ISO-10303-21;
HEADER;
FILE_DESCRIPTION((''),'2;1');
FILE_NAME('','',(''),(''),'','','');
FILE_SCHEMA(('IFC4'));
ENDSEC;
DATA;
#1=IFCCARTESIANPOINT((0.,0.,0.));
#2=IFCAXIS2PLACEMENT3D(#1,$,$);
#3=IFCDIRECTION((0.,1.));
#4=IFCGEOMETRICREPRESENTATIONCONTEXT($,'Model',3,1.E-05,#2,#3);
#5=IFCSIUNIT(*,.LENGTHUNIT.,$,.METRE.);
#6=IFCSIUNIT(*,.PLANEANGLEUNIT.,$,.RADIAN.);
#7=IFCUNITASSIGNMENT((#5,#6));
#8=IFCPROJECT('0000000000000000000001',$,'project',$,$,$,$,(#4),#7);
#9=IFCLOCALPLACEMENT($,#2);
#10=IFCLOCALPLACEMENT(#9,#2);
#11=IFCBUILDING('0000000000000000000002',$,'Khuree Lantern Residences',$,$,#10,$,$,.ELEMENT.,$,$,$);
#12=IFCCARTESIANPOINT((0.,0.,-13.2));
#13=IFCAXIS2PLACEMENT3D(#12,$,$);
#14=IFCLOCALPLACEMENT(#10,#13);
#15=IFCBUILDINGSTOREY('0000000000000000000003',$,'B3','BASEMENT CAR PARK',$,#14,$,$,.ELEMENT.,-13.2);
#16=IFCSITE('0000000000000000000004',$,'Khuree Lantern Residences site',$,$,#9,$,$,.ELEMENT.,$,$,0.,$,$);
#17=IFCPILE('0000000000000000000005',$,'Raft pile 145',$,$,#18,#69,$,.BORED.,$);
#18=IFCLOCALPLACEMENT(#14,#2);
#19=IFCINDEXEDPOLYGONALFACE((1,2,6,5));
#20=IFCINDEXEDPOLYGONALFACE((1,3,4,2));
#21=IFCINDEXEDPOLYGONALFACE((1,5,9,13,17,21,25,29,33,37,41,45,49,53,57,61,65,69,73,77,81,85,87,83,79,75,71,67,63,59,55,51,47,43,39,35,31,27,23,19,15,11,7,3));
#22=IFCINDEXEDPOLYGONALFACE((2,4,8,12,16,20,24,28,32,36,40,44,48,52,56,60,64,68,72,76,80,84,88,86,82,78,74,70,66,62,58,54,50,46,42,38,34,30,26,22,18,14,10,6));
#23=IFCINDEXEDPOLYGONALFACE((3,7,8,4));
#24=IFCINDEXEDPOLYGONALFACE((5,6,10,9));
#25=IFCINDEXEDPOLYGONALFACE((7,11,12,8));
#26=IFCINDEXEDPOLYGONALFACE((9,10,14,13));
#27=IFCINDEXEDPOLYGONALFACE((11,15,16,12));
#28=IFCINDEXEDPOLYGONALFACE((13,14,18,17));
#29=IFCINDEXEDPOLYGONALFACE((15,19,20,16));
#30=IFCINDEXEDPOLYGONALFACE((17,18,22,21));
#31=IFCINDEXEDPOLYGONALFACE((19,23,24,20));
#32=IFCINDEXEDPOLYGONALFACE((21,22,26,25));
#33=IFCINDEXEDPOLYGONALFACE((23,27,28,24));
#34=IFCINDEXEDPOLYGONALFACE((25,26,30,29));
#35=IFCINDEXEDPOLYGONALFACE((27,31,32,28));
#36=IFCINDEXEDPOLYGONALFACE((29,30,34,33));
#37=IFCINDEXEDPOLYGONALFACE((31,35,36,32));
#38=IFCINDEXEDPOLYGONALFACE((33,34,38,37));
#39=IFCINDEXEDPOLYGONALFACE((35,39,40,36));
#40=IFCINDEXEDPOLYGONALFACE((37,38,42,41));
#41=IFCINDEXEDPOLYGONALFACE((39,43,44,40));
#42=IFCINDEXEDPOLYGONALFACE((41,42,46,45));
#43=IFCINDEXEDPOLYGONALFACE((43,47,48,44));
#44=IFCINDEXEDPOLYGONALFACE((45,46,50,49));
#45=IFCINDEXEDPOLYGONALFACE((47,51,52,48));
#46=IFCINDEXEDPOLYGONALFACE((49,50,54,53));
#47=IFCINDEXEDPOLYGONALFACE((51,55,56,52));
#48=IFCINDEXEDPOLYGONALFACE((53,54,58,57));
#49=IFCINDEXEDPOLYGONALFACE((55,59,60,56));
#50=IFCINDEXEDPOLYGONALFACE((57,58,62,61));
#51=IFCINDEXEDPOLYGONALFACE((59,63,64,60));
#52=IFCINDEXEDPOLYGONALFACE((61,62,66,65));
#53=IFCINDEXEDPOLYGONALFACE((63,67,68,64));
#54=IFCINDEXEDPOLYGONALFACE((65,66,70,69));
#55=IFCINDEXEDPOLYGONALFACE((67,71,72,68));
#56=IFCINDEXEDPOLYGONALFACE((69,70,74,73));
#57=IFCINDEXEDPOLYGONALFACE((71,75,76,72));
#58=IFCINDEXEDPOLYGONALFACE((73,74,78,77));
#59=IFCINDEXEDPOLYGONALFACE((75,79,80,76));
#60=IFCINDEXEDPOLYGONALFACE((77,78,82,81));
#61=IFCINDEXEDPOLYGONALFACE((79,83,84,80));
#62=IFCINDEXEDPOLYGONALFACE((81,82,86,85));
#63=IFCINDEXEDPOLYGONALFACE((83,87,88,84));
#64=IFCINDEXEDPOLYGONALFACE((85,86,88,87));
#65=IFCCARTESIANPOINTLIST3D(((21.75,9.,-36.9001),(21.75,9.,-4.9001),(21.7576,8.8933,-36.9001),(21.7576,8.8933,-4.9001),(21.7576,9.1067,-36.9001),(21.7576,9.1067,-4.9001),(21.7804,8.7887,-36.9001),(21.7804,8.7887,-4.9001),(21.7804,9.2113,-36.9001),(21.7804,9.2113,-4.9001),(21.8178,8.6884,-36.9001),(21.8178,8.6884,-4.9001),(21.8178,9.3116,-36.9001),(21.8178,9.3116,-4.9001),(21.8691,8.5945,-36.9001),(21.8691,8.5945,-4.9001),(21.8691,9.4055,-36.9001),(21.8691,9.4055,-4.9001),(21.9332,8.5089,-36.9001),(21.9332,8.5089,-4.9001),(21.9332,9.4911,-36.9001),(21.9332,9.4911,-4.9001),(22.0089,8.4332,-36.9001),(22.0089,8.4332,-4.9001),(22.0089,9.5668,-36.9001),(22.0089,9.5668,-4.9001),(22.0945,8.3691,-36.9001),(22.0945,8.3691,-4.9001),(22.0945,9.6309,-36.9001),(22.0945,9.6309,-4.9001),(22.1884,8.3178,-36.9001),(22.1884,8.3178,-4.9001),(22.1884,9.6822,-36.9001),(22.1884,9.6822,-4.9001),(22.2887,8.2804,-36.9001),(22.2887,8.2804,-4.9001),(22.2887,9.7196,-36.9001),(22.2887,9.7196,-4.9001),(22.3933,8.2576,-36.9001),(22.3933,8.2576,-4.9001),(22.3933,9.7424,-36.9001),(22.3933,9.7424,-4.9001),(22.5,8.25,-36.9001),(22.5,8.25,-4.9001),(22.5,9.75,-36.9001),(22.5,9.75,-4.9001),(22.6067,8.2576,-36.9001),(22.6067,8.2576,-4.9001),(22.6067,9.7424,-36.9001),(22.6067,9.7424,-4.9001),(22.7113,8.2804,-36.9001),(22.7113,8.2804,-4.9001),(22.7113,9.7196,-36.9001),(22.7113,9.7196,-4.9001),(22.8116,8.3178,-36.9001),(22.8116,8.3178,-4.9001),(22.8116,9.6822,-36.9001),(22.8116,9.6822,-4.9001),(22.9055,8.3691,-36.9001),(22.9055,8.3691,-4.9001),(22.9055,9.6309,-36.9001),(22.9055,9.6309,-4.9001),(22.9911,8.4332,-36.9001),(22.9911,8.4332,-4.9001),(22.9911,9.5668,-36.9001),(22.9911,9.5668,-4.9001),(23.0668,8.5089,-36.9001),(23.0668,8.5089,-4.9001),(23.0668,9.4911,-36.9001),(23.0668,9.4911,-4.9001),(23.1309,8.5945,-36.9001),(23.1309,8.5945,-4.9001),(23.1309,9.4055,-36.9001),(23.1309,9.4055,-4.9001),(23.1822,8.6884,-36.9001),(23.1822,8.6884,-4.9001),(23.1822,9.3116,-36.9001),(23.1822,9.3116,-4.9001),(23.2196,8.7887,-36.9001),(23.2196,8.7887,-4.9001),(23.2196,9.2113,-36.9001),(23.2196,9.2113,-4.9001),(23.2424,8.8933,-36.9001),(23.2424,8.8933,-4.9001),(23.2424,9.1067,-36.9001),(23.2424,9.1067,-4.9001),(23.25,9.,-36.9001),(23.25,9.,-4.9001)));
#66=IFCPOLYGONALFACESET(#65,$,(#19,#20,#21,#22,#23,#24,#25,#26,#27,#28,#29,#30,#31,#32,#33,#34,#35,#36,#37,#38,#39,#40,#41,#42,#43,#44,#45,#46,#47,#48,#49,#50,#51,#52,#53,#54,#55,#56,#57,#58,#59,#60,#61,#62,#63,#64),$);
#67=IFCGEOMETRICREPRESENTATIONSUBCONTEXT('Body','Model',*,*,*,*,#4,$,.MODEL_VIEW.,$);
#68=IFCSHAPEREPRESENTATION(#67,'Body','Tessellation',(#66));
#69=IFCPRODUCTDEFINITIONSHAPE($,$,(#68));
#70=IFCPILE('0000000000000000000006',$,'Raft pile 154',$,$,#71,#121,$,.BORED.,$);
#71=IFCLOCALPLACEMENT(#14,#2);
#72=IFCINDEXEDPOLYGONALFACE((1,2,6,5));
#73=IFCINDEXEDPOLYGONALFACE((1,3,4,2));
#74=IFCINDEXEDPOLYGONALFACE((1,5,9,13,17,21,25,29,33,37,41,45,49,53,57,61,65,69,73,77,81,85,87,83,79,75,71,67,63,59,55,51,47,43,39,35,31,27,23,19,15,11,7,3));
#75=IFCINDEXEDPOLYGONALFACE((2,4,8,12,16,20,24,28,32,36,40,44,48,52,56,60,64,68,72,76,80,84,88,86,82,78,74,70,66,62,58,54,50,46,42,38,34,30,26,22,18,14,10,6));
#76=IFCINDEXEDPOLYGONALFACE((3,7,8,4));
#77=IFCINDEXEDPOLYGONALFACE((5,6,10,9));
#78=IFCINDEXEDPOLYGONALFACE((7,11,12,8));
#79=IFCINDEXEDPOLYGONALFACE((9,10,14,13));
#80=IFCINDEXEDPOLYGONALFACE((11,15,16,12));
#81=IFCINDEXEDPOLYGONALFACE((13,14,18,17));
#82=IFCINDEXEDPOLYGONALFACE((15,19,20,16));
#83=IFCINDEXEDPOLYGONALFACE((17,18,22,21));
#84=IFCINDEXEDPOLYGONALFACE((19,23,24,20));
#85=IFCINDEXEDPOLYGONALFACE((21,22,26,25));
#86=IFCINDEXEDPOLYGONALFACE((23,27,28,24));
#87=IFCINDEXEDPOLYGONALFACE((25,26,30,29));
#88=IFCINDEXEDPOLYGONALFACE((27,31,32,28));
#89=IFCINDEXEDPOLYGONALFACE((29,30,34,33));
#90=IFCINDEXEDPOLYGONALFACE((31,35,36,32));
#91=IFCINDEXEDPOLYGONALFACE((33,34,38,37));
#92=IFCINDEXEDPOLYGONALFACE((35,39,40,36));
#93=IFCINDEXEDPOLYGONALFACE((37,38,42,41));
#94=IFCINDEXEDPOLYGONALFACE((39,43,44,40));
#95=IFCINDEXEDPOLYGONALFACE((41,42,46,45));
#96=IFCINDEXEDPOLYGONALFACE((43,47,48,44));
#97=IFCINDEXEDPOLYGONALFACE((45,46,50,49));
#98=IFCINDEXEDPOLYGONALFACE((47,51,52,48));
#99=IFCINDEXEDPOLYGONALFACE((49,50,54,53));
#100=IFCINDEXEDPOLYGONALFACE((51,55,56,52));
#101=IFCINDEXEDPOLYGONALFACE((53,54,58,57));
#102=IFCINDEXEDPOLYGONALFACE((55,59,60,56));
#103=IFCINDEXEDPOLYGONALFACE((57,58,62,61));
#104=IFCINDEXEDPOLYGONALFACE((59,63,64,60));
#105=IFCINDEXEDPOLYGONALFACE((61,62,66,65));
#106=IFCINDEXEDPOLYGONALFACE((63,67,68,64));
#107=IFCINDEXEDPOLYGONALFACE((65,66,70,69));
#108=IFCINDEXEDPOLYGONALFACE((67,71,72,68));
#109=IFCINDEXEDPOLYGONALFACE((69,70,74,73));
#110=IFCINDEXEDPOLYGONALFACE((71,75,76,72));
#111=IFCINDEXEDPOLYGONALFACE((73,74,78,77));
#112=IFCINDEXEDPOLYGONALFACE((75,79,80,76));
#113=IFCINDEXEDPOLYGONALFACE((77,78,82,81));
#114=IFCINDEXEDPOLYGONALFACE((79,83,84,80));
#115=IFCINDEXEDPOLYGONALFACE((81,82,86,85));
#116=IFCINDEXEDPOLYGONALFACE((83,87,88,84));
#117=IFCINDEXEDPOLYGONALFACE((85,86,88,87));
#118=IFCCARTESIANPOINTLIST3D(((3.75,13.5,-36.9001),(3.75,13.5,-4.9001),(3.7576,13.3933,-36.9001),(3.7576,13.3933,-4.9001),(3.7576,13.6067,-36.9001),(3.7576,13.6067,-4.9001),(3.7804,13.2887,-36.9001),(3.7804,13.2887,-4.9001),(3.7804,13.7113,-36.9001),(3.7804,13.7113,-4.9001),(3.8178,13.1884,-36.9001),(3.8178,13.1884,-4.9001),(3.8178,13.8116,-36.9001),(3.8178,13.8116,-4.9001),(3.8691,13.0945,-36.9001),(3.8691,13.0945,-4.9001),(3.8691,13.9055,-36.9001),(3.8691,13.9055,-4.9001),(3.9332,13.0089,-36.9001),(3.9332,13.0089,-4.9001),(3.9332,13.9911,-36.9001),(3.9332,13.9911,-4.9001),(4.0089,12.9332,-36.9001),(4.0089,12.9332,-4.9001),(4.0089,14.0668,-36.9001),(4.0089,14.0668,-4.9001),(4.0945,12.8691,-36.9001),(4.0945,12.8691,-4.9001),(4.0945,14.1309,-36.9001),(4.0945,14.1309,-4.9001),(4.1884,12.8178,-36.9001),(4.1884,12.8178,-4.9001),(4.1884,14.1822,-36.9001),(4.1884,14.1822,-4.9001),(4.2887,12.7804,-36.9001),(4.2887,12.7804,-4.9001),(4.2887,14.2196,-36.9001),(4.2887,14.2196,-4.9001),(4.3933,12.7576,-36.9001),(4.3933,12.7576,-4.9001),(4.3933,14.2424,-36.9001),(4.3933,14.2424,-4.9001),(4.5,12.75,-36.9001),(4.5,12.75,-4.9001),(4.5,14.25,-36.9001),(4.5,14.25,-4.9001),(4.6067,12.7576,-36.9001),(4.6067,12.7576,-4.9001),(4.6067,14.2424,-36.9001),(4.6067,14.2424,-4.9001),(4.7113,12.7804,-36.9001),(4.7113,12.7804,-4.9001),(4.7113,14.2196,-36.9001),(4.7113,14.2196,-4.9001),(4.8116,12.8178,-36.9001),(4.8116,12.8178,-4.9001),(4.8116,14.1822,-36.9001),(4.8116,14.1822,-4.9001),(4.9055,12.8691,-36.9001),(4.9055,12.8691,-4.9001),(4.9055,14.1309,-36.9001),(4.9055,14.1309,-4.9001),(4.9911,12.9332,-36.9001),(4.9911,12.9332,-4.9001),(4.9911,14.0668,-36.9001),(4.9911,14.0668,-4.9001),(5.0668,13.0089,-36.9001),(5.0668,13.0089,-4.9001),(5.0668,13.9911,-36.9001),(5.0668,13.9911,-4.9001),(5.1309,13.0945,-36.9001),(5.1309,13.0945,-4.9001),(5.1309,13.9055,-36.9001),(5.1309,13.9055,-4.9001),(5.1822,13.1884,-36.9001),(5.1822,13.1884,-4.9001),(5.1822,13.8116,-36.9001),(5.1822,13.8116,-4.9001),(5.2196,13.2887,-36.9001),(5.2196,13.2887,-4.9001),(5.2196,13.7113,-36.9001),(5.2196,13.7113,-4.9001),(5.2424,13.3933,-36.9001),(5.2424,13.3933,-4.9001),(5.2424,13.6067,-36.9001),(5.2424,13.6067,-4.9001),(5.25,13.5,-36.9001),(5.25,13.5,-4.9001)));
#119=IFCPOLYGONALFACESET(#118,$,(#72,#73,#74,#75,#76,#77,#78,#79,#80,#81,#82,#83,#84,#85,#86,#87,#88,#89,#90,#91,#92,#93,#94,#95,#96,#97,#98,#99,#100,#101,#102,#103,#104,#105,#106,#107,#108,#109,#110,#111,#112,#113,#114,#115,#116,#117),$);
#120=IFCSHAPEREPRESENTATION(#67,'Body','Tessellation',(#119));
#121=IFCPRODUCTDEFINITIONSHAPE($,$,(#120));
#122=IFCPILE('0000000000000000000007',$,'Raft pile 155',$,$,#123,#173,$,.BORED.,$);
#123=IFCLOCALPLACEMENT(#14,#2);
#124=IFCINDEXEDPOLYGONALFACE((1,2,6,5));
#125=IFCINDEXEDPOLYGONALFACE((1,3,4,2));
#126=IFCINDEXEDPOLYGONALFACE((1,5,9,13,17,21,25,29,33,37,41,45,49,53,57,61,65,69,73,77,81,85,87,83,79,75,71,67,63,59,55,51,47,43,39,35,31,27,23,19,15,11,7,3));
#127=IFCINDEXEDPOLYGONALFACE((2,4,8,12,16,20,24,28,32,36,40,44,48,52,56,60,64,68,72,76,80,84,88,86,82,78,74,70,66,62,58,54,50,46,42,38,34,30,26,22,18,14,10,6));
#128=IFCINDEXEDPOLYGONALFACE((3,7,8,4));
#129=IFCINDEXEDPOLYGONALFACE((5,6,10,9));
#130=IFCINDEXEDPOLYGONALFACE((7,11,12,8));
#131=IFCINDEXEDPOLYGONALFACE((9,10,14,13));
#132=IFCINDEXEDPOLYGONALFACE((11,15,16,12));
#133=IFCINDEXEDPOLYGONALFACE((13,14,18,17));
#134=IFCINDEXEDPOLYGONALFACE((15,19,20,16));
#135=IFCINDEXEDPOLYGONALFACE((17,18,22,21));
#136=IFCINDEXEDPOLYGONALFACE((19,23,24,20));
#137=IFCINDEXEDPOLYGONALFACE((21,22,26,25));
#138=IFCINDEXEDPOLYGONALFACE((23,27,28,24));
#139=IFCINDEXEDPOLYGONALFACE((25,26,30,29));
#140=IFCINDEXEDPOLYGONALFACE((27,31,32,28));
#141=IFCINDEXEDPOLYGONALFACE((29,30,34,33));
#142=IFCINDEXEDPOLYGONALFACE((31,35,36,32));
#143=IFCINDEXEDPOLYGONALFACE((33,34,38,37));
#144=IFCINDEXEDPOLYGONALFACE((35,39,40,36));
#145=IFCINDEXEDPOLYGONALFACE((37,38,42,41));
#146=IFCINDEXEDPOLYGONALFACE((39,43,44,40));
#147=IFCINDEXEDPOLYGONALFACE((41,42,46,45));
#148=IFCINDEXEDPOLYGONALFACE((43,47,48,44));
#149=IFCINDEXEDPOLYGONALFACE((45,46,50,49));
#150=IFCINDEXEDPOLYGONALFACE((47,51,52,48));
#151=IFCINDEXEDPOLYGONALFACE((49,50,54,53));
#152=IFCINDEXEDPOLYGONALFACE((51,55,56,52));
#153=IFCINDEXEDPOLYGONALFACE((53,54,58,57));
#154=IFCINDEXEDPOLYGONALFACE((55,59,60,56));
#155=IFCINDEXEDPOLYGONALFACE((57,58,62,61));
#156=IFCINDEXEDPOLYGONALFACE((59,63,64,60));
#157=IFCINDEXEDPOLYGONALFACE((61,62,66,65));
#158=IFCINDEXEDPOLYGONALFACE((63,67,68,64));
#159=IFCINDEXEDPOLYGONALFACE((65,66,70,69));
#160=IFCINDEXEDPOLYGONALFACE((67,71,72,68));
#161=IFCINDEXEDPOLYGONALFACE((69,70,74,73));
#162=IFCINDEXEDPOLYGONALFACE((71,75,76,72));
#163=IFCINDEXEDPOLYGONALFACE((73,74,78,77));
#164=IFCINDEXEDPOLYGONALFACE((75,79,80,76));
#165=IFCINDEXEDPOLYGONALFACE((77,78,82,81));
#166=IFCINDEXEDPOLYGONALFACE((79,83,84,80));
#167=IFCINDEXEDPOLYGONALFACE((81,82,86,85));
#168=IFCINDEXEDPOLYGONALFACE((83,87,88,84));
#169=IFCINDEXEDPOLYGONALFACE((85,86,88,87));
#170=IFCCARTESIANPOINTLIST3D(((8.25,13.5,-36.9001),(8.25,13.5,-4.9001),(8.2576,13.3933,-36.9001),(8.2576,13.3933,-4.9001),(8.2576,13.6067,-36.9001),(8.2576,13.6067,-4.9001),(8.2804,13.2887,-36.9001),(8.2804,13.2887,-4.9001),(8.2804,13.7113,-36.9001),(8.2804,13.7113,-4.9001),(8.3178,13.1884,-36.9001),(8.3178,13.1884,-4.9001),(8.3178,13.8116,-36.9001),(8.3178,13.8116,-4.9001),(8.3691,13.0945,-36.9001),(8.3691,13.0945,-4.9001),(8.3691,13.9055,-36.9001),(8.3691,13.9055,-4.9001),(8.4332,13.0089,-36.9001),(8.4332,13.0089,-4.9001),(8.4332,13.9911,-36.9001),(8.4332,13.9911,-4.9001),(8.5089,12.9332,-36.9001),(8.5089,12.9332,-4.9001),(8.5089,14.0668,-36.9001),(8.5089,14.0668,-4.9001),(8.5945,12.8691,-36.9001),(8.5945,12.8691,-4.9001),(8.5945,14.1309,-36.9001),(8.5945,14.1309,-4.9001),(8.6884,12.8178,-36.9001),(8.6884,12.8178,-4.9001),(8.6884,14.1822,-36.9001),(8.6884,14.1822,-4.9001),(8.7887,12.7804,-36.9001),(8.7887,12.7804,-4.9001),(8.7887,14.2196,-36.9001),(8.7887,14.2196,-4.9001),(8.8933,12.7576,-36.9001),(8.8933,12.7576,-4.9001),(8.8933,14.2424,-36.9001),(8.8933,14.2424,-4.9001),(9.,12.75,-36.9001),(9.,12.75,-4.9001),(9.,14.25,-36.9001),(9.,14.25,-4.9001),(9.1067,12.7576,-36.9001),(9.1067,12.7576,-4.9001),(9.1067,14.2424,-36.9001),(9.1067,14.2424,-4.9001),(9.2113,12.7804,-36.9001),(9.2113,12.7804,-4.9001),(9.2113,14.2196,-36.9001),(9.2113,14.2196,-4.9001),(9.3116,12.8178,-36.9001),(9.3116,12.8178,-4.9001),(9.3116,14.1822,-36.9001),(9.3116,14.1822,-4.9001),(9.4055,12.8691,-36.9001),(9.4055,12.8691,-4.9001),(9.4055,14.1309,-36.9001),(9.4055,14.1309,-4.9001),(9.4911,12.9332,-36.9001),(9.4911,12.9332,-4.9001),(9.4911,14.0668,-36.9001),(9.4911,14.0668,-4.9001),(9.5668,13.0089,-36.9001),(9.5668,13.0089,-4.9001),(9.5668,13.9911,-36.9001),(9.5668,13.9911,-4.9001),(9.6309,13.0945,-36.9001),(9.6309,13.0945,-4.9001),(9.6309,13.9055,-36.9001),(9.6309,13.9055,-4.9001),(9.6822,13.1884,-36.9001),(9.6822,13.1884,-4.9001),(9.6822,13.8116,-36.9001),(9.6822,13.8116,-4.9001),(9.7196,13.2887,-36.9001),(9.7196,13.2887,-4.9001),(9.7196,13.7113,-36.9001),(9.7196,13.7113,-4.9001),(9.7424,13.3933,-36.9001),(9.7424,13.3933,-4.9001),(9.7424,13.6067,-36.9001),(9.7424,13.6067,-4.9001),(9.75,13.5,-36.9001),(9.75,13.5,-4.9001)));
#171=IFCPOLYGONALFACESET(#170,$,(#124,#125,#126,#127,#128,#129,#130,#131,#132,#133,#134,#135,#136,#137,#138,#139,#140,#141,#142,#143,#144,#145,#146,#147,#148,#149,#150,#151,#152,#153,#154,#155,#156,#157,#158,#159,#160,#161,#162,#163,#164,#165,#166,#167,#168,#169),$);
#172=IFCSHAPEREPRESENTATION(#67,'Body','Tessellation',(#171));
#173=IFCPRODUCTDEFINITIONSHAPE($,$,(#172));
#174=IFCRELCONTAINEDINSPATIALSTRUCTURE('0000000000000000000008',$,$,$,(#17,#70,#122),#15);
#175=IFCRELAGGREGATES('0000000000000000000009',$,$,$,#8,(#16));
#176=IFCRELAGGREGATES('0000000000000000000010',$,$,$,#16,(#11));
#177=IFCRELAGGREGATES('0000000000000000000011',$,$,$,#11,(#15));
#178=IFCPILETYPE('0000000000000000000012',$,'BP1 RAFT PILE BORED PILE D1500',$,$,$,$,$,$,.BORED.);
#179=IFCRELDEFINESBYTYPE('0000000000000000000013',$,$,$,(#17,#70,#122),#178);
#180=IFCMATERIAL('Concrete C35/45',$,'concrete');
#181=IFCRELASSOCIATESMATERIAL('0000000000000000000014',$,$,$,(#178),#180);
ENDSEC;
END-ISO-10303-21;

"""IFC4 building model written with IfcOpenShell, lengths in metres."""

from ifc_helpers import new_model, si_unit, direction, frame, origin, origin_2d, place, context, subcontext, project, spatial, circle, extrude, material, material_profile, profile_set, type_object, element, save


model = new_model("IFC4")

# Units and contexts
model_context = context("Model", 3, precision=1e-05, world=origin(), true_north=direction((0.0, 1.0)))
body_context = subcontext(model_context, "Body", "Model", "MODEL_VIEW")
ifc_project = project(units=[si_unit("LENGTHUNIT", "METRE"), si_unit("PLANEANGLEUNIT", "RADIAN")], contexts=[model_context])

# Site, building, storey
site_placement = place(None, origin())
site = spatial("IfcSite", under=ifc_project, at=site_placement, Name="Khuree Lantern Residences site", CompositionType="ELEMENT", RefElevation=0.0)
building_placement = place(site_placement, origin())
building = spatial("IfcBuilding", under=site, at=building_placement, Name="Khuree Lantern Residences", CompositionType="ELEMENT")
storey_placement = place(building_placement, frame((0.0, 0.0, -13.2)))
storey = spatial("IfcBuildingStorey", under=building, at=storey_placement, Name="B3", Description="BASEMENT CAR PARK", CompositionType="ELEMENT", Elevation=-13.2)

# Piles
ifc_material_1 = material(Name="Concrete C35/45", Category="concrete")
ifc_material_profile_1 = material_profile(ifc_material_1, circle(Radius=0.75, at=origin_2d()), Name="BORED PILE D1500")
ifc_profile_set_1 = profile_set([ifc_material_profile_1], Name="Concrete C35/45")
pile_type = type_object("IfcPileType", Name="BP1 RAFT PILE BORED PILE D1500", PredefinedType="BORED", material=ifc_profile_set_1)
for number, where, z_axis, x_axis, name in (
    (1, (22.5, 9.0, -4.9001), (0.0, 0.0, -1.0), (1.0, 0.0, 0.0), "Raft pile 145"),
    (2, (4.5, 13.5, -4.9001), (0.0, 0.0, -1.0), (1.0, 0.0, 0.0), "Raft pile 154"),
    (3, (9.0, 13.5, -4.9001), (0.0, 0.0, -1.0), (1.0, 0.0, 0.0), "Raft pile 155"),
):
    element("IfcPile", number, at=place(storey_placement, frame(where, z_axis=z_axis, x_axis=x_axis)), inside=storey, type_object=pile_type, Name=name, PredefinedType="BORED", context=body_context, shape_type="SweptSolid", body=[
        extrude(circle(Radius=0.75, at=origin_2d()), origin(), (0.0, 0.0, 1.0), 32.0),
    ])

save(model, "model.ifc")
